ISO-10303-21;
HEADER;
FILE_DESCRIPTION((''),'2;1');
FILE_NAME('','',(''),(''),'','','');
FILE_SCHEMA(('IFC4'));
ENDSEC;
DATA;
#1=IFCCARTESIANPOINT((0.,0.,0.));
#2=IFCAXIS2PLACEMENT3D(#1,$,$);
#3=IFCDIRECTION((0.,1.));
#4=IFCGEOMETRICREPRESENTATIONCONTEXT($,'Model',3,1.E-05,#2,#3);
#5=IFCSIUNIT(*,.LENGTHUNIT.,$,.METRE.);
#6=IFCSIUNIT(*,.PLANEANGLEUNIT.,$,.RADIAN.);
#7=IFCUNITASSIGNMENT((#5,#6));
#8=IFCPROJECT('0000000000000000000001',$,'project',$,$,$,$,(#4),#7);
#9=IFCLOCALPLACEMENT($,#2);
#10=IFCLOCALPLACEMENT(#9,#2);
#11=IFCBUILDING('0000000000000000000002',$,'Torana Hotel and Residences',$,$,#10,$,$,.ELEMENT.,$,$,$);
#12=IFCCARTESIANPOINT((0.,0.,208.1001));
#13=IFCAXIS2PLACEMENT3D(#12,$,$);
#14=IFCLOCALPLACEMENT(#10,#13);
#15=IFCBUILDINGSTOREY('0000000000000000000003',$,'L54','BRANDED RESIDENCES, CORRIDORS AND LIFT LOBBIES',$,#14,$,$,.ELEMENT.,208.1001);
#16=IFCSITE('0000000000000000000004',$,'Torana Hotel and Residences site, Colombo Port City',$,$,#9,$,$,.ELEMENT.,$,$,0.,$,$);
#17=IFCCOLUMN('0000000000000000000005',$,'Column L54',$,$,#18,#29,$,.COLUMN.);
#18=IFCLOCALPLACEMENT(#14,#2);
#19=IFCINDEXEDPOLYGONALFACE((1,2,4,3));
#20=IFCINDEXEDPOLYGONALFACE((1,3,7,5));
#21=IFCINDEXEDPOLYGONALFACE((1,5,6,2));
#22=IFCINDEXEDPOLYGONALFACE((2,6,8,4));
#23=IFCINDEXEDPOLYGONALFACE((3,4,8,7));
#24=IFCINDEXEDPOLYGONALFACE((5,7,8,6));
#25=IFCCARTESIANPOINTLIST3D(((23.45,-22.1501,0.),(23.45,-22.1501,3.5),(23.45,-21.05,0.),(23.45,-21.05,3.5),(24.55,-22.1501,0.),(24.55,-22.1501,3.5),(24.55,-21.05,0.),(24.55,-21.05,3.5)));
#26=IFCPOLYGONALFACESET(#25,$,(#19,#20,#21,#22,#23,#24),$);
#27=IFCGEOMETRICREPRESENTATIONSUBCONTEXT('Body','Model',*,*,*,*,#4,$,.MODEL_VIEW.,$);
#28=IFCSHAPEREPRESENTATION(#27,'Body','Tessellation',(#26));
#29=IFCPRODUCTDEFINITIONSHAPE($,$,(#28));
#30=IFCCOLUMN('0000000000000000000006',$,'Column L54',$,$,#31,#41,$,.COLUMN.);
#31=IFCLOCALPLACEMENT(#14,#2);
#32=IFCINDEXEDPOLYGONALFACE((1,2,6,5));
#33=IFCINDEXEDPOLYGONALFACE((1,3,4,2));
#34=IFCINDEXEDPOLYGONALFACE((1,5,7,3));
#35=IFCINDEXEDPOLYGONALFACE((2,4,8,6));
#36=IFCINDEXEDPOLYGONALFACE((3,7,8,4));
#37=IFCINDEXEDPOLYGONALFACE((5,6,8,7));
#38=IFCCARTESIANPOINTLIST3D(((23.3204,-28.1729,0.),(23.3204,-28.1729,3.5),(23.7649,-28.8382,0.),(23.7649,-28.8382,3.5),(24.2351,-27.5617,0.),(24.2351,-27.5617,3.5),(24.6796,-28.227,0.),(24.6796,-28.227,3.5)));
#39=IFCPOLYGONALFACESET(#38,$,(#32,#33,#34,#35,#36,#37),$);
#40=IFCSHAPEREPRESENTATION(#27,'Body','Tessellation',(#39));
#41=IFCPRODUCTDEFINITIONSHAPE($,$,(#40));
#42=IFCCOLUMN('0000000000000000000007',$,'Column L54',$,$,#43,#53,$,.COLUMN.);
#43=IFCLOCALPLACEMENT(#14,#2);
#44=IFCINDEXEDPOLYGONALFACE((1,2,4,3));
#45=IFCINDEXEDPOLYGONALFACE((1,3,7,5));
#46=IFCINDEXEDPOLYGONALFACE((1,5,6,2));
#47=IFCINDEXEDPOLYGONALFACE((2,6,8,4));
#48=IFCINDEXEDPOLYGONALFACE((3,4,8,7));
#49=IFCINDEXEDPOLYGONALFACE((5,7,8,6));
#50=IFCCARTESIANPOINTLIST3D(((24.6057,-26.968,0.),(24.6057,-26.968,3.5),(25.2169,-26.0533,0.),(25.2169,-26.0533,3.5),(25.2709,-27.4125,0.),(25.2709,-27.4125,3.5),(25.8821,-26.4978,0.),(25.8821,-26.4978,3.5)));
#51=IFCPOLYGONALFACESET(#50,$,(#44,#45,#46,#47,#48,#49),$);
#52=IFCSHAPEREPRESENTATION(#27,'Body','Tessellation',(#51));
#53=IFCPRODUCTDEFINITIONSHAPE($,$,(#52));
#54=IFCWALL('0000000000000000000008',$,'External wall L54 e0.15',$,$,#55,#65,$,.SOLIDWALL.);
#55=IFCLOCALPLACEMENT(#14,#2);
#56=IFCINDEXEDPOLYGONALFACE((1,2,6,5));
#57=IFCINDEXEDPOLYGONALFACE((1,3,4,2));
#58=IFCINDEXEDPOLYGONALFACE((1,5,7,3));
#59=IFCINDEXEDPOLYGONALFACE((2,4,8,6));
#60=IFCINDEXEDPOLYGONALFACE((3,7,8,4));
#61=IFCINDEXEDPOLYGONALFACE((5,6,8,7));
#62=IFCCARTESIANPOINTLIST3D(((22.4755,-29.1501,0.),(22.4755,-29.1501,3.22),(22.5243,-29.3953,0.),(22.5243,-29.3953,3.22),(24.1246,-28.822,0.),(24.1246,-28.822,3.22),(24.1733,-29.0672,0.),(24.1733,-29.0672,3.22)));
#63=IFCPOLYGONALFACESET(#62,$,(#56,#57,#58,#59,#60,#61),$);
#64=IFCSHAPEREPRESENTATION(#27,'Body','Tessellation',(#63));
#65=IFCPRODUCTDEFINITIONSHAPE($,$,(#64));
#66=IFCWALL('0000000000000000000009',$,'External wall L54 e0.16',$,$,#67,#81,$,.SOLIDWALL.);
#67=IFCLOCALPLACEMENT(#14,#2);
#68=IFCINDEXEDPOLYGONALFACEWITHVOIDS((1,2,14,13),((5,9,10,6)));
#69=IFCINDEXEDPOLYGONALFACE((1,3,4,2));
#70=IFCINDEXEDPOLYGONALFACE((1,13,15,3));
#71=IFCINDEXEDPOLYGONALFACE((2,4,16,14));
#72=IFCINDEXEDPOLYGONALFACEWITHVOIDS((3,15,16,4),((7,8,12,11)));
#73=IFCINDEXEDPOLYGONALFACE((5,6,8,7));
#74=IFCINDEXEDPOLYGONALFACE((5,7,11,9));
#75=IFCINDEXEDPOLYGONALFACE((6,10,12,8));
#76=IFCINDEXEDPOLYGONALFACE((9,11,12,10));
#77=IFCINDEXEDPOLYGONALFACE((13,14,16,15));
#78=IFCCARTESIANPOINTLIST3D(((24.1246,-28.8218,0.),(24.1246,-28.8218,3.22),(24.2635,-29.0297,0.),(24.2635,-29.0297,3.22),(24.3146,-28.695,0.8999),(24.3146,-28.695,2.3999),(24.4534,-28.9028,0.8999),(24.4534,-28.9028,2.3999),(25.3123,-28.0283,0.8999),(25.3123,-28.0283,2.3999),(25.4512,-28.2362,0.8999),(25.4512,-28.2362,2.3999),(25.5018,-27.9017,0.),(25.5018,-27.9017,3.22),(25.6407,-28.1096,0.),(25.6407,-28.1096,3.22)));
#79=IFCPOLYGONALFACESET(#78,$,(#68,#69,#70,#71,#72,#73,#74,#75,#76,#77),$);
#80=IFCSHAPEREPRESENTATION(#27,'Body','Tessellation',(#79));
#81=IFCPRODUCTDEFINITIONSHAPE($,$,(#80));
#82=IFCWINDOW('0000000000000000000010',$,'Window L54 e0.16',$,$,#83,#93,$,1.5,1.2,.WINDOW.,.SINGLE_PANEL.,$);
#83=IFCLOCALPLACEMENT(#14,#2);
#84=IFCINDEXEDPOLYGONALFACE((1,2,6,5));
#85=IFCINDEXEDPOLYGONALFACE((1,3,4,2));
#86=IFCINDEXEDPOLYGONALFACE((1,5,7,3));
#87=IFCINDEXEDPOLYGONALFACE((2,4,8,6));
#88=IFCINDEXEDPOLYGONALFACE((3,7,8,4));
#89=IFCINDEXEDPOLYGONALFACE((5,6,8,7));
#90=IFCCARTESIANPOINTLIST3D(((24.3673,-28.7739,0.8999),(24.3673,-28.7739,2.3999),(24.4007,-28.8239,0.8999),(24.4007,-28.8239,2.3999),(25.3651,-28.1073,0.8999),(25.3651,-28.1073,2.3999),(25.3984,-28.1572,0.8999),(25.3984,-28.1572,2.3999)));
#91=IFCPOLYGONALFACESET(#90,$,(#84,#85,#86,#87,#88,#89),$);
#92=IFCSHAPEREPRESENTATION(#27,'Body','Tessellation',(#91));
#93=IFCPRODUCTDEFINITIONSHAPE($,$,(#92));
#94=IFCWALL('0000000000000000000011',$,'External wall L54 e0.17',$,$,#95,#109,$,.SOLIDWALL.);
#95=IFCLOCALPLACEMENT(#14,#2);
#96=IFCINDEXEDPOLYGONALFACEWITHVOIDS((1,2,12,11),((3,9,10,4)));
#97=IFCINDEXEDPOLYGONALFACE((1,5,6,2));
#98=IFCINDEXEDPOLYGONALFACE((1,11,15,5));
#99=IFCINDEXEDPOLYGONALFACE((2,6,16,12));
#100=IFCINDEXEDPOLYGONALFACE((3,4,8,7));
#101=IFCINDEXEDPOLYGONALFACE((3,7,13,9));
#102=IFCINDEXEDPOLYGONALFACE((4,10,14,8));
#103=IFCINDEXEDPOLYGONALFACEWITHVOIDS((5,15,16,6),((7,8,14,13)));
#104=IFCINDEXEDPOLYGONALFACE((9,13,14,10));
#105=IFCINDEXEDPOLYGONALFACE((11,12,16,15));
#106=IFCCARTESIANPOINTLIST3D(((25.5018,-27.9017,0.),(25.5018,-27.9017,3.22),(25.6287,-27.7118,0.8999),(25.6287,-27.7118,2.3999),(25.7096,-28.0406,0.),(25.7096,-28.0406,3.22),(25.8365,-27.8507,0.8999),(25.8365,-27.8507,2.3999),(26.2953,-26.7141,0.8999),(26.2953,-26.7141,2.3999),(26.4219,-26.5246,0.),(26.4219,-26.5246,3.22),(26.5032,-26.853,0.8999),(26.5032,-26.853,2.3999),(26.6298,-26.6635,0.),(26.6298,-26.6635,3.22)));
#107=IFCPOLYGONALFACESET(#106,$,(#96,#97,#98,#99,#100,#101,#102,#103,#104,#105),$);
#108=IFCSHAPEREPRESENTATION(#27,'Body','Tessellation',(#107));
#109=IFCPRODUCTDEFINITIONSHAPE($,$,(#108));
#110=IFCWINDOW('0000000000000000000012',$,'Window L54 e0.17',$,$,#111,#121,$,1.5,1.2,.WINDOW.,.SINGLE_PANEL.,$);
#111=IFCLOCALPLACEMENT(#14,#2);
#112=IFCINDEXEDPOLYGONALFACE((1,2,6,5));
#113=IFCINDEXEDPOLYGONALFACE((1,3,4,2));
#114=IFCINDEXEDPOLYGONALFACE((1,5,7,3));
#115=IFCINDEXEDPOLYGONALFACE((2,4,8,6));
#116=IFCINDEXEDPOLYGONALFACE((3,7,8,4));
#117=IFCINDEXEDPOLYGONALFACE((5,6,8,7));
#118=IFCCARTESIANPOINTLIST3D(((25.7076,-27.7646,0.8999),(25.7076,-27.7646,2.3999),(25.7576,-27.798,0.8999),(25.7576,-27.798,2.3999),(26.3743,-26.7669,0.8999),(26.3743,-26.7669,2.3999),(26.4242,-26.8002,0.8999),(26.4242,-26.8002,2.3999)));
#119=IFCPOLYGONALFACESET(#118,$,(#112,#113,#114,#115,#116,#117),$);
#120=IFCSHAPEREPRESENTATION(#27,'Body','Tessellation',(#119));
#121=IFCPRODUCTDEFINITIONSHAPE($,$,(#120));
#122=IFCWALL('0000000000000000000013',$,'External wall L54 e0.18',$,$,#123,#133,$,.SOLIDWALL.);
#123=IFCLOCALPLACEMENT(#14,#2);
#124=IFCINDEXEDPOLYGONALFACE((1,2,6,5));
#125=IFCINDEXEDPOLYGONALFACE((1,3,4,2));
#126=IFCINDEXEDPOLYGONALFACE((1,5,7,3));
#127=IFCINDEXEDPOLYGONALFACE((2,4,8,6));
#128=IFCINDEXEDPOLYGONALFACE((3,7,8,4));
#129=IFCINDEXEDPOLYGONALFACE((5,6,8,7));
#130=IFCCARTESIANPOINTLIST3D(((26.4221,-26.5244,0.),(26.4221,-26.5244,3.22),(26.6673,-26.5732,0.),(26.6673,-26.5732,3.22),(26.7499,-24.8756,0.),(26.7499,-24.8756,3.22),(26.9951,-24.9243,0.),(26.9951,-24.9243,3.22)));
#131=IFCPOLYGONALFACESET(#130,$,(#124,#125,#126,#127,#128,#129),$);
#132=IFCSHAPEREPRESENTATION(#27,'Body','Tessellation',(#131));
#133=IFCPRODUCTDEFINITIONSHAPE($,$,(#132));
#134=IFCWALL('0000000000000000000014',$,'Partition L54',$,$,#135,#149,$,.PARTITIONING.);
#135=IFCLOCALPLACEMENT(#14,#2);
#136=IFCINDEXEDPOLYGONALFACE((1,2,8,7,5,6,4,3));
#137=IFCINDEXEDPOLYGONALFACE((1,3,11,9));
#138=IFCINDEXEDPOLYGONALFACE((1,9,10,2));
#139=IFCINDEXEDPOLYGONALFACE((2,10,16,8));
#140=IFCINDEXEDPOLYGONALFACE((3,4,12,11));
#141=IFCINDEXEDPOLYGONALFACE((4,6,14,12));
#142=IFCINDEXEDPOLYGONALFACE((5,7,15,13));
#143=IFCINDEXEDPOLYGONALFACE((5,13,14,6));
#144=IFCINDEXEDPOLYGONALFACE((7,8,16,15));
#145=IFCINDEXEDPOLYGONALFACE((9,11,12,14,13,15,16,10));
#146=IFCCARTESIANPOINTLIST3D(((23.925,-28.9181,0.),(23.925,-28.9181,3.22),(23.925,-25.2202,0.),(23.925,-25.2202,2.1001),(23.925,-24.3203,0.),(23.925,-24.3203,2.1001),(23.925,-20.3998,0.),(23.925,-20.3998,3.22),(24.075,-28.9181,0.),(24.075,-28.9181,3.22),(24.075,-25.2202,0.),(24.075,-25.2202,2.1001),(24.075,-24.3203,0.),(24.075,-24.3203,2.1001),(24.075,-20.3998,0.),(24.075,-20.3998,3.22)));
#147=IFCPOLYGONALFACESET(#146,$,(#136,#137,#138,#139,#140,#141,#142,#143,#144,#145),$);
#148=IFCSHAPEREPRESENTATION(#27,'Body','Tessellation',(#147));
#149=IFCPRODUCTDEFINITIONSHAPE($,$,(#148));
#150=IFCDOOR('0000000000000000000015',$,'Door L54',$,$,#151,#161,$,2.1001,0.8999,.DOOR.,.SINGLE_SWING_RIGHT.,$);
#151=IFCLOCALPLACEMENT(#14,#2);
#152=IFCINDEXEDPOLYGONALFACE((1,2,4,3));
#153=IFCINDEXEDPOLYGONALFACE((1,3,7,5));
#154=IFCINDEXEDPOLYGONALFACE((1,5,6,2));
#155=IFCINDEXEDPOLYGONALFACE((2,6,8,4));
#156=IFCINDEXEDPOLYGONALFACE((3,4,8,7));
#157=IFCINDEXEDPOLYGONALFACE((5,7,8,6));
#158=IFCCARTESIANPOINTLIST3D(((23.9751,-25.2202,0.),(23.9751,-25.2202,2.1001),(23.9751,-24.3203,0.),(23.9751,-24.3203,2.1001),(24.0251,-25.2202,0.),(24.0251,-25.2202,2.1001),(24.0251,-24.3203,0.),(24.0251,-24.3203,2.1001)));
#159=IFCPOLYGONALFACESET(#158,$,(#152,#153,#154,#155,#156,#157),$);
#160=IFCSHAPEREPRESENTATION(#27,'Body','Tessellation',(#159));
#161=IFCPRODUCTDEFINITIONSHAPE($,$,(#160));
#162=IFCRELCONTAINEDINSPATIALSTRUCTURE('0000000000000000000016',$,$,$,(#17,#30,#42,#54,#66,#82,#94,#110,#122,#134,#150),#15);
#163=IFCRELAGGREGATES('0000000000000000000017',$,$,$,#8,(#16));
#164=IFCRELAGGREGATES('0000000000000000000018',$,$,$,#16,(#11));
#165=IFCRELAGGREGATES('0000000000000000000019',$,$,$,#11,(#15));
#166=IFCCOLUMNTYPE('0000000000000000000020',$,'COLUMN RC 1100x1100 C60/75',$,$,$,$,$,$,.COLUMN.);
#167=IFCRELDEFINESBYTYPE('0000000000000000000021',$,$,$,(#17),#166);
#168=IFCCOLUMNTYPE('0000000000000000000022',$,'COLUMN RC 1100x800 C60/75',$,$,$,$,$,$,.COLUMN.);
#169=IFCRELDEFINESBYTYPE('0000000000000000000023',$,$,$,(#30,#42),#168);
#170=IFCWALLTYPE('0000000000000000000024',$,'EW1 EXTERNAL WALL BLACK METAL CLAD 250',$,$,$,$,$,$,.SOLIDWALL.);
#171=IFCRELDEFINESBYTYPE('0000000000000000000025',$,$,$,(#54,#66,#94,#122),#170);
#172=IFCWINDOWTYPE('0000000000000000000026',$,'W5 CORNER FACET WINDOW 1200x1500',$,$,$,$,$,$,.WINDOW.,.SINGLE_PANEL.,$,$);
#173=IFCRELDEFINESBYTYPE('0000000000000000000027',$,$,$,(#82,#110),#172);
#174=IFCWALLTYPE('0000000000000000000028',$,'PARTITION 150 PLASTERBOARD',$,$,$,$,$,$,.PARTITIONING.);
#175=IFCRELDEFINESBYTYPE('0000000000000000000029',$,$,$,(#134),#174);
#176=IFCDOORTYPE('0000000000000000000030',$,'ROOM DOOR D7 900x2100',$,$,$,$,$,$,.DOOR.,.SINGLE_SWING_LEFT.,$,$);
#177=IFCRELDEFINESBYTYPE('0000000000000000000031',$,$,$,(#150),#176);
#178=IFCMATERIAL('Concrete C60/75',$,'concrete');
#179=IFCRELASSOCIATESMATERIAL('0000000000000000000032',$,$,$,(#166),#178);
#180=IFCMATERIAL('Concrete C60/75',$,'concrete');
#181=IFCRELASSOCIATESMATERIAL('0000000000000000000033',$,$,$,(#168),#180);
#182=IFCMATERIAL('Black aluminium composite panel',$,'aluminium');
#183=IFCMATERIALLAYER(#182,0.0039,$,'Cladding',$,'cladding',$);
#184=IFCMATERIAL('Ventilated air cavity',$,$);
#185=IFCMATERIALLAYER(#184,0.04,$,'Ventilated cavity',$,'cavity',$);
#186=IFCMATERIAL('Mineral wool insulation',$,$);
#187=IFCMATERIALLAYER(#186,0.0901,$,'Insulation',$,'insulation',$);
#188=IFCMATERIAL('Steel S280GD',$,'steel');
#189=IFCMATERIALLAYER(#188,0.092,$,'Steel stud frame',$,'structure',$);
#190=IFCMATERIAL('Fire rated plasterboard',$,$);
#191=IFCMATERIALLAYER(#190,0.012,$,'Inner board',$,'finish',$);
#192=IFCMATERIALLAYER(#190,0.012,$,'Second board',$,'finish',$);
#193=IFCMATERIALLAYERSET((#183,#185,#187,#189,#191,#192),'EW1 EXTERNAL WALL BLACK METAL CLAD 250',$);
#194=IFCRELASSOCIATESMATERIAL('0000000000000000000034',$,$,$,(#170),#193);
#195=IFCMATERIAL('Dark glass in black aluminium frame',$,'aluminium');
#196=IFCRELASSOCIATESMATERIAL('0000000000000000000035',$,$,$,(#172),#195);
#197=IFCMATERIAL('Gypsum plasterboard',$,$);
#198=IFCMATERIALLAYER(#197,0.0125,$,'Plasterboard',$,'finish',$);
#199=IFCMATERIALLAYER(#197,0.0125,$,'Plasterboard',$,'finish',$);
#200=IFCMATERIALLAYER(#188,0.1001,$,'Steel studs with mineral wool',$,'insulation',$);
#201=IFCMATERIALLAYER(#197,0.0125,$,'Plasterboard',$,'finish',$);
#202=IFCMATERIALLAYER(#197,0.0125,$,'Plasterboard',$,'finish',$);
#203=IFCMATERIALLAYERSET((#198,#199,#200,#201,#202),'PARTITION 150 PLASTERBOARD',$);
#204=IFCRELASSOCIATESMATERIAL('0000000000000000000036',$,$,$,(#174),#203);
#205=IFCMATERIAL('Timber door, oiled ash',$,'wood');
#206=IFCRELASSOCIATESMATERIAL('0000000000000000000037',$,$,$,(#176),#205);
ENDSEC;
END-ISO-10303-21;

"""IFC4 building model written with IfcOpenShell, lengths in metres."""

from ifc_helpers import new_model, si_unit, direction, frame, frame_2d, origin, origin_2d, place, context, subcontext, project, spatial, rectangle, extrude, material, layer, layer_set, material_profile, profile_set, type_object, element, fill, save


model = new_model("IFC4")

# Units and contexts
model_context = context("Model", 3, precision=1e-05, world=origin(), true_north=direction((0.0, 1.0)))
body_context = subcontext(model_context, "Body", "Model", "MODEL_VIEW")
ifc_project = project(units=[si_unit("LENGTHUNIT", "METRE"), si_unit("PLANEANGLEUNIT", "RADIAN")], contexts=[model_context])

# Site, building, storey
site_placement = place(None, origin())
site = spatial("IfcSite", under=ifc_project, at=site_placement, Name="Torana Hotel and Residences site, Colombo Port City", CompositionType="ELEMENT", RefElevation=0.0)
building_placement = place(site_placement, origin())
building = spatial("IfcBuilding", under=site, at=building_placement, Name="Torana Hotel and Residences", CompositionType="ELEMENT")
storey_placement = place(building_placement, frame((0.0, 0.0, 208.1001)))
storey = spatial("IfcBuildingStorey", under=building, at=storey_placement, Name="L54", Description="BRANDED RESIDENCES, CORRIDORS AND LIFT LOBBIES", CompositionType="ELEMENT", Elevation=208.1001)

# Columns
ifc_material_1 = material(Name="Concrete C60/75", Category="concrete")
ifc_material_profile_1 = material_profile(ifc_material_1, rectangle(XDim=1.1001, YDim=1.1001, at=origin_2d()), Name="RC 1100x1100")
ifc_profile_set_1 = profile_set([ifc_material_profile_1], Name="Concrete C60/75")
column_type_1 = type_object("IfcColumnType", Name="COLUMN RC 1100x1100 C60/75", PredefinedType="COLUMN", material=ifc_profile_set_1)
column_placement = place(storey_placement, frame((24.0, -21.6001, 0.0), z_axis=(0.0, 0.0, 1.0), x_axis=(1.0, 0.0, 0.0)))
element("IfcColumn", 1, at=column_placement, inside=storey, type_object=column_type_1, Name="Column L54", PredefinedType="COLUMN", context=body_context, shape_type="SweptSolid", body=[
    extrude(rectangle(XDim=1.1001, YDim=1.1001, at=origin_2d()), origin(), (0.0, 0.0, 1.0), 3.5),
])
ifc_material_2 = material(Name="Concrete C60/75", Category="concrete")
ifc_material_profile_2 = material_profile(ifc_material_2, rectangle(XDim=1.1001, YDim=0.8, at=origin_2d()), Name="RC 1100x800")
ifc_profile_set_2 = profile_set([ifc_material_profile_2], Name="Concrete C60/75")
column_type_2 = type_object("IfcColumnType", Name="COLUMN RC 1100x800 C60/75", PredefinedType="COLUMN", material=ifc_profile_set_2)
for number, where, z_axis, x_axis, name in (
    (2, (24.0, -28.2, 0.0), (0.0, 0.0, 1.0), (0.83146, 0.555585, 0.0), "Column L54"),
    (3, (25.2439, -26.7329, 0.0), (0.0, 0.0, 1.0), (0.555585, 0.83146, 0.0), "Column L54"),
):
    element("IfcColumn", number, at=place(storey_placement, frame(where, z_axis=z_axis, x_axis=x_axis)), inside=storey, type_object=column_type_2, Name=name, PredefinedType="COLUMN", context=body_context, shape_type="SweptSolid", body=[
        extrude(rectangle(XDim=1.1001, YDim=0.8, at=origin_2d()), origin(), (0.0, 0.0, 1.0), 3.5),
    ])

# Wall
ifc_material_3 = material(Name="Black aluminium composite panel", Category="aluminium")
ifc_layer_1 = layer(ifc_material_3, 0.0039, Name="Cladding", Category="cladding")
ifc_material_4 = material(Name="Ventilated air cavity")
ifc_layer_2 = layer(ifc_material_4, 0.04, Name="Ventilated cavity", Category="cavity")
ifc_material_5 = material(Name="Mineral wool insulation")
ifc_layer_3 = layer(ifc_material_5, 0.0901, Name="Insulation", Category="insulation")
ifc_material_6 = material(Name="Steel S280GD", Category="steel")
ifc_layer_4 = layer(ifc_material_6, 0.092, Name="Steel stud frame", Category="structure")
ifc_material_7 = material(Name="Fire rated plasterboard")
ifc_layer_5 = layer(ifc_material_7, 0.012, Name="Inner board", Category="finish")
ifc_layer_6 = layer(ifc_material_7, 0.012, Name="Second board", Category="finish")
ifc_layer_set_1 = layer_set([ifc_layer_1, ifc_layer_2, ifc_layer_3, ifc_layer_4, ifc_layer_5, ifc_layer_6], Name="EW1 EXTERNAL WALL BLACK METAL CLAD 250")
wall_type_1 = type_object("IfcWallType", Name="EW1 EXTERNAL WALL BLACK METAL CLAD 250", PredefinedType="SOLIDWALL", material=ifc_layer_set_1)
wall_1_placement = place(storey_placement, frame((22.4998, -29.2727, 0.0), z_axis=(0.0, 0.0, 1.0), x_axis=(0.980776, 0.195139, 0.0)))
element("IfcWall", 4, at=wall_1_placement, inside=storey, type_object=wall_type_1, Name="External wall L54 e0.15", PredefinedType="SOLIDWALL", context=body_context, shape_type="SweptSolid", body=[
    extrude(rectangle(XDim=1.6814, YDim=0.25, at=frame_2d((0.8408, 0.0))), origin(), (0.0, 0.0, 1.0), 3.22),
])

# Walls, openings, windows
wall_2_placement = place(storey_placement, frame((24.1941, -28.9258, 0.0), z_axis=(0.0, 0.0, 1.0), x_axis=(0.831483, 0.55555, 0.0)))
wall_2 = element("IfcWall", 5, at=wall_2_placement, inside=storey, type_object=wall_type_1, Name="External wall L54 e0.16", PredefinedType="SOLIDWALL", context=body_context, shape_type="SweptSolid", body=[
    extrude(rectangle(XDim=1.6562, YDim=0.25, at=frame_2d((0.8281, 0.0))), origin(), (0.0, 0.0, 1.0), 3.22),
])
opening_1_placement = place(wall_2_placement, frame((0.2283, 0.0, 0.8999)))
opening_1 = element("IfcOpeningElement", 6, at=opening_1_placement, cuts=wall_2, PredefinedType="OPENING", context=body_context, shape_type="SweptSolid", body=[
    extrude(rectangle(XDim=1.2, YDim=1.5, at=frame_2d((0.6001, 0.75))), frame((0.0, 0.135, 0.0), z_axis=(0.0, -1.0, 0.0), x_axis=(1.0, 0.0, 0.0)), (0.0, 0.0, 1.0), 0.27),
])
ifc_material_8 = material(Name="Dark glass in black aluminium frame", Category="aluminium")
window_type = type_object("IfcWindowType", Name="W5 CORNER FACET WINDOW 1200x1500", PartitioningType="SINGLE_PANEL", PredefinedType="WINDOW", material=ifc_material_8)
window_1_placement = place(opening_1_placement, origin())
window_1 = element("IfcWindow", 7, at=window_1_placement, inside=storey, type_object=window_type, Name="Window L54 e0.16", OverallHeight=1.5, OverallWidth=1.2, PartitioningType="SINGLE_PANEL", PredefinedType="WINDOW", context=body_context, shape_type="SweptSolid", body=[
    extrude(rectangle(XDim=1.2, YDim=1.5, at=frame_2d((0.6001, 0.75))), frame((0.0, 0.03, 0.0), z_axis=(0.0, -1.0, 0.0), x_axis=(1.0, 0.0, 0.0)), (0.0, 0.0, 1.0), 0.0601),
])
fill(opening_1, window_1)
wall_3_placement = place(storey_placement, frame((25.6057, -27.9712, 0.0), z_axis=(0.0, 0.0, 1.0), x_axis=(0.55555, 0.831483, 0.0)))
wall_3 = element("IfcWall", 8, at=wall_3_placement, inside=storey, type_object=wall_type_1, Name="External wall L54 e0.17", PredefinedType="SOLIDWALL", context=body_context, shape_type="SweptSolid", body=[
    extrude(rectangle(XDim=1.6562, YDim=0.25, at=frame_2d((0.8281, 0.0))), origin(), (0.0, 0.0, 1.0), 3.22),
])
opening_2_placement = place(wall_3_placement, frame((0.2283, 0.0, 0.8999)))
opening_2 = element("IfcOpeningElement", 9, at=opening_2_placement, cuts=wall_3, PredefinedType="OPENING", context=body_context, shape_type="SweptSolid", body=[
    extrude(rectangle(XDim=1.2, YDim=1.5, at=frame_2d((0.6001, 0.75))), frame((0.0, 0.135, 0.0), z_axis=(0.0, -1.0, 0.0), x_axis=(1.0, 0.0, 0.0)), (0.0, 0.0, 1.0), 0.27),
])
window_2_placement = place(opening_2_placement, origin())
window_2 = element("IfcWindow", 10, at=window_2_placement, inside=storey, type_object=window_type, Name="Window L54 e0.17", OverallHeight=1.5, OverallWidth=1.2, PartitioningType="SINGLE_PANEL", PredefinedType="WINDOW", context=body_context, shape_type="SweptSolid", body=[
    extrude(rectangle(XDim=1.2, YDim=1.5, at=frame_2d((0.6001, 0.75))), frame((0.0, 0.03, 0.0), z_axis=(0.0, -1.0, 0.0), x_axis=(1.0, 0.0, 0.0)), (0.0, 0.0, 1.0), 0.0601),
])
fill(opening_2, window_2)

# Wall
wall_4_placement = place(storey_placement, frame((26.5447, -26.5488, 0.0), z_axis=(0.0, 0.0, 1.0), x_axis=(0.195027, 0.980798, 0.0)))
element("IfcWall", 11, at=wall_4_placement, inside=storey, type_object=wall_type_1, Name="External wall L54 e0.18", PredefinedType="SOLIDWALL", context=body_context, shape_type="SweptSolid", body=[
    extrude(rectangle(XDim=1.6812, YDim=0.25, at=frame_2d((0.8406, 0.0))), origin(), (0.0, 0.0, 1.0), 3.22),
])

# Wall, opening, door
ifc_material_9 = material(Name="Gypsum plasterboard")
ifc_layer_7 = layer(ifc_material_9, 0.0125, Name="Plasterboard", Category="finish")
ifc_layer_8 = layer(ifc_material_9, 0.0125, Name="Plasterboard", Category="finish")
ifc_layer_9 = layer(ifc_material_6, 0.1001, Name="Steel studs with mineral wool", Category="insulation")
ifc_layer_10 = layer(ifc_material_9, 0.0125, Name="Plasterboard", Category="finish")
ifc_layer_11 = layer(ifc_material_9, 0.0125, Name="Plasterboard", Category="finish")
ifc_layer_set_2 = layer_set([ifc_layer_7, ifc_layer_8, ifc_layer_9, ifc_layer_10, ifc_layer_11], Name="PARTITION 150 PLASTERBOARD")
wall_type_2 = type_object("IfcWallType", Name="PARTITION 150 PLASTERBOARD", PredefinedType="PARTITIONING", material=ifc_layer_set_2)
wall_5_placement = place(storey_placement, frame((24.0, -28.9182, 0.0), z_axis=(0.0, 0.0, 1.0), x_axis=(0.0, 1.0, 0.0)))
wall_5 = element("IfcWall", 12, at=wall_5_placement, inside=storey, type_object=wall_type_2, Name="Partition L54", PredefinedType="PARTITIONING", context=body_context, shape_type="SweptSolid", body=[
    extrude(rectangle(XDim=8.5183, YDim=0.1499, at=frame_2d((4.2593, 0.0))), origin(), (0.0, 0.0, 1.0), 3.22),
])
opening_3_placement = place(wall_5_placement, frame((3.698, 0.0, 0.0)))
opening_3 = element("IfcOpeningElement", 13, at=opening_3_placement, cuts=wall_5, PredefinedType="OPENING", context=body_context, shape_type="SweptSolid", body=[
    extrude(rectangle(XDim=0.8999, YDim=2.1001, at=frame_2d((0.45, 1.05))), frame((0.0, 0.085, 0.0), z_axis=(0.0, -1.0, 0.0), x_axis=(1.0, 0.0, 0.0)), (0.0, 0.0, 1.0), 0.1699),
])
ifc_material_10 = material(Name="Timber door, oiled ash", Category="wood")
door_type_1 = type_object("IfcDoorType", Name="ROOM DOOR D7 900x2100", OperationType="SINGLE_SWING_LEFT", PredefinedType="DOOR", material=ifc_material_10)
door_1_placement = place(opening_3_placement, origin())
door_1 = element("IfcDoor", 14, at=door_1_placement, inside=storey, type_object=door_type_1, Name="Door L54", OperationType="SINGLE_SWING_RIGHT", OverallHeight=2.1001, OverallWidth=0.8999, PredefinedType="DOOR", context=body_context, shape_type="SweptSolid", body=[
    extrude(rectangle(XDim=0.8999, YDim=2.1001, at=frame_2d((0.45, 1.05))), frame((0.0, 0.0249, 0.0), z_axis=(0.0, -1.0, 0.0), x_axis=(1.0, 0.0, 0.0)), (0.0, 0.0, 1.0), 0.05),
])
fill(opening_3, door_1)

save(model, "model.ifc")
